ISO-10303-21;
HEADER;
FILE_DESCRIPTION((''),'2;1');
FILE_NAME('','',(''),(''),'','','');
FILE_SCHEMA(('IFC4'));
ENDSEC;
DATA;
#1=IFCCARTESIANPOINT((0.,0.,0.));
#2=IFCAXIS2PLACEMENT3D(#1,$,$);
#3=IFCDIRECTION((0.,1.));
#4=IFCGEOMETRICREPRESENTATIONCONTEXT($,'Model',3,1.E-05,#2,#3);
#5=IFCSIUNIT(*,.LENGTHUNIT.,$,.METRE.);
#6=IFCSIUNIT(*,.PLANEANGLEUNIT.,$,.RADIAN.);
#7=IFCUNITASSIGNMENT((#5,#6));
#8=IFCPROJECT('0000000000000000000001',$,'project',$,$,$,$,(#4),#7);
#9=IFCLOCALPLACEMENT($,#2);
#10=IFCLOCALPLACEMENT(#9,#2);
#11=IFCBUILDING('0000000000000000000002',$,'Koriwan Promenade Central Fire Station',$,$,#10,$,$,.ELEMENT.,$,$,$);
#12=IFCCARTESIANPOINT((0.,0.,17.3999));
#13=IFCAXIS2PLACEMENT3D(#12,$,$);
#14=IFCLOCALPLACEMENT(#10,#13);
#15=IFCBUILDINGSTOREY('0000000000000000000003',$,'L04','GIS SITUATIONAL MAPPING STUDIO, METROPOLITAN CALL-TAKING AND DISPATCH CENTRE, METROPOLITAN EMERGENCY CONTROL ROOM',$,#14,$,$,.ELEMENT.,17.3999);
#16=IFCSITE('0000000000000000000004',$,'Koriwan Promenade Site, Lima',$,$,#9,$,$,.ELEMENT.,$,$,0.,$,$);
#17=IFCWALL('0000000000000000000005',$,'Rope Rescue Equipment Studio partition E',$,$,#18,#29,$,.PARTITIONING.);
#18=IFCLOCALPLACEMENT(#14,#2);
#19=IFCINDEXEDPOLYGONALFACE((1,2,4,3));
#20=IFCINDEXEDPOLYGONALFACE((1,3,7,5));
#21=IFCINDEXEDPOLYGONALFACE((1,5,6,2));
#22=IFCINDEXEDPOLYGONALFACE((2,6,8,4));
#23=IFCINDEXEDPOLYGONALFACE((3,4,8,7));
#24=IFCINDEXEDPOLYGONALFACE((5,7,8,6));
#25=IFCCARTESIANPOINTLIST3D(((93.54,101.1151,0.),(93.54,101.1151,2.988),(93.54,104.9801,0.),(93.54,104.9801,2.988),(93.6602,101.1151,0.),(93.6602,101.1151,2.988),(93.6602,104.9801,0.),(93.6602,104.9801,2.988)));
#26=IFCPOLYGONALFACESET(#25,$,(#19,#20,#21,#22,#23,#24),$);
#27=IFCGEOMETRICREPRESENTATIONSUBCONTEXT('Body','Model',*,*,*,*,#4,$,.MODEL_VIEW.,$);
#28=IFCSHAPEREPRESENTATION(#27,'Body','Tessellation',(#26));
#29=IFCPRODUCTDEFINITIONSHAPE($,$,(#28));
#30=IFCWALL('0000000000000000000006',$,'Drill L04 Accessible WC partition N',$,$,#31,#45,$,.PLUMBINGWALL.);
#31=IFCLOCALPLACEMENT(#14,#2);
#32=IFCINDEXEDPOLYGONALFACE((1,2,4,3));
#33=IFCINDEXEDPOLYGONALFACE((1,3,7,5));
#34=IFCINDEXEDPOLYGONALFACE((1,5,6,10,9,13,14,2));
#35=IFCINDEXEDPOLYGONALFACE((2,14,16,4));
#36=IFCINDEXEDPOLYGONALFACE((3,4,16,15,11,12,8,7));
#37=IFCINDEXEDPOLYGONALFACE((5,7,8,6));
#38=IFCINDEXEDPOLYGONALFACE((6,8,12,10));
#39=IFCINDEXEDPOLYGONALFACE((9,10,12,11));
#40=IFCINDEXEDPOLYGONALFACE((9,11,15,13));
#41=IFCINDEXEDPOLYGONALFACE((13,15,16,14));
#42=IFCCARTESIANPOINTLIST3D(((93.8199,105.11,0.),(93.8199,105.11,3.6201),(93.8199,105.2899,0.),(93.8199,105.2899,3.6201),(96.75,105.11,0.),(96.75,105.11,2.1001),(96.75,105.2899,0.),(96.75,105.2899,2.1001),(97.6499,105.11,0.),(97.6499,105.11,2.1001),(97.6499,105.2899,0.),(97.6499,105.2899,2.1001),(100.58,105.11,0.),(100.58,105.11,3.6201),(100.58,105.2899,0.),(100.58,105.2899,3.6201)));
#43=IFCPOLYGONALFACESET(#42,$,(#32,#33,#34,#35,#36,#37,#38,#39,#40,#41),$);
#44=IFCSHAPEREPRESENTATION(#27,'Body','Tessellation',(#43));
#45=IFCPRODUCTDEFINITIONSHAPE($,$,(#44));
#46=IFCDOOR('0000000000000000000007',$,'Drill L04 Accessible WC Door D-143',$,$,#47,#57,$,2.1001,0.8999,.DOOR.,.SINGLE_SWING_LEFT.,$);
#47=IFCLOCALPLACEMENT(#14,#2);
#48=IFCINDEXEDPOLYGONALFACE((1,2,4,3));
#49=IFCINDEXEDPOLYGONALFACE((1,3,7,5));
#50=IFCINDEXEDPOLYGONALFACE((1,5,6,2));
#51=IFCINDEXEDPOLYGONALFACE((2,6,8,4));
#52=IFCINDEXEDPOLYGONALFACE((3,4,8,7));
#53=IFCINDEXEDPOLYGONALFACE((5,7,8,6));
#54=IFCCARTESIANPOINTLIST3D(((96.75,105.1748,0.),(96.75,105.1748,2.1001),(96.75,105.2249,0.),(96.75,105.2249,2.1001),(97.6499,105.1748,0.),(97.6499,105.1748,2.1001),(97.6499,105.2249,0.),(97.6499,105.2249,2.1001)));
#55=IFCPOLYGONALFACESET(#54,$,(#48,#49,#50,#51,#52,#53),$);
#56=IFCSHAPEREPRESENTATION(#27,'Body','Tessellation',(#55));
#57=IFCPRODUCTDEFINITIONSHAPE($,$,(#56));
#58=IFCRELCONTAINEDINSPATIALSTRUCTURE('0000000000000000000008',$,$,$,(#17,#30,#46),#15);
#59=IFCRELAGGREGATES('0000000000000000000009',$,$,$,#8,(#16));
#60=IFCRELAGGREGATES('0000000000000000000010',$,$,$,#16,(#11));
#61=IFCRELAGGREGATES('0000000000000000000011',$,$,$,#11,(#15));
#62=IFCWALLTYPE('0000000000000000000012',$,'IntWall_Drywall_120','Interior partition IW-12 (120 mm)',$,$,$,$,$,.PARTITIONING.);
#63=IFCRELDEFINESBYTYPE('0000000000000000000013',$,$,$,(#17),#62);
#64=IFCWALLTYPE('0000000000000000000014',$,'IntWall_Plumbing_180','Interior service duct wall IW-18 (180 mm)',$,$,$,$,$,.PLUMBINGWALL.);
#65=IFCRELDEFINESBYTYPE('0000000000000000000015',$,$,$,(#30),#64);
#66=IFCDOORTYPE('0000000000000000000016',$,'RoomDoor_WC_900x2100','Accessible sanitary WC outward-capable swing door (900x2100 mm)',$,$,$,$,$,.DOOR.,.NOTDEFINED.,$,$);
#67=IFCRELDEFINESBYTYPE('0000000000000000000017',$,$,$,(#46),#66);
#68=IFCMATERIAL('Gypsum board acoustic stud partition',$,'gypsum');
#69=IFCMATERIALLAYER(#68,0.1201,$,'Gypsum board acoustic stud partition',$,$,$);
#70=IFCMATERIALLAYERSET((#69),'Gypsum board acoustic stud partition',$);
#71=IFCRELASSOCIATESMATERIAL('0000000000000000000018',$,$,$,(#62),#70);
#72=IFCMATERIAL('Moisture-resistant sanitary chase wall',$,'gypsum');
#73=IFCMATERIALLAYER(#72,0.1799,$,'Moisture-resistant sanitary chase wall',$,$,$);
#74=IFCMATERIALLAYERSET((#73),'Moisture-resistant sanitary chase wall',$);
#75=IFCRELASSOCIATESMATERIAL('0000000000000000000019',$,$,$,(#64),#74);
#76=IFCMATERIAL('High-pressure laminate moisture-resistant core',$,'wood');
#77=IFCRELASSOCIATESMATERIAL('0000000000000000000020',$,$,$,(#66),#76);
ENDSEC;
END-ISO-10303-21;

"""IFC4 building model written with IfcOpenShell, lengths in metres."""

from ifc_helpers import new_model, si_unit, direction, frame, frame_2d, origin, place, context, subcontext, project, spatial, rectangle, extrude, material, layer, layer_set, type_object, element, fill, save


model = new_model("IFC4")

# Units and contexts
model_context = context("Model", 3, precision=1e-05, world=origin(), true_north=direction((0.0, 1.0)))
body_context = subcontext(model_context, "Body", "Model", "MODEL_VIEW")
ifc_project = project(units=[si_unit("LENGTHUNIT", "METRE"), si_unit("PLANEANGLEUNIT", "RADIAN")], contexts=[model_context])

# Site, building, storey
site_placement = place(None, origin())
site = spatial("IfcSite", under=ifc_project, at=site_placement, Name="Koriwan Promenade Site, Lima", CompositionType="ELEMENT", RefElevation=0.0)
building_placement = place(site_placement, origin())
building = spatial("IfcBuilding", under=site, at=building_placement, Name="Koriwan Promenade Central Fire Station", CompositionType="ELEMENT")
storey_placement = place(building_placement, frame((0.0, 0.0, 17.3999)))
storey = spatial("IfcBuildingStorey", under=building, at=storey_placement, Name="L04", Description="GIS SITUATIONAL MAPPING STUDIO, METROPOLITAN CALL-TAKING AND DISPATCH CENTRE, METROPOLITAN EMERGENCY CONTROL ROOM", CompositionType="ELEMENT", Elevation=17.3999)

# Wall
ifc_material_1 = material(Name="Gypsum board acoustic stud partition", Category="gypsum")
ifc_layer_1 = layer(ifc_material_1, 0.1201, Name="Gypsum board acoustic stud partition")
ifc_layer_set_1 = layer_set([ifc_layer_1], Name="Gypsum board acoustic stud partition")
wall_type_1 = type_object("IfcWallType", Name="IntWall_Drywall_120", Description="Interior partition IW-12 (120 mm)", PredefinedType="PARTITIONING", material=ifc_layer_set_1)
wall_1_placement = place(storey_placement, frame((93.6001, 101.115, 0.0), z_axis=(0.0, 0.0, 1.0), x_axis=(0.0, 1.0, 0.0)))
element("IfcWall", 1, at=wall_1_placement, inside=storey, type_object=wall_type_1, Name="Rope Rescue Equipment Studio partition E", PredefinedType="PARTITIONING", context=body_context, shape_type="SweptSolid", body=[
    extrude(rectangle(XDim=3.865, YDim=0.1201, at=frame_2d((1.9326, 0.0))), origin(), (0.0, 0.0, 1.0), 2.988),
])

# Wall, opening, door
ifc_material_2 = material(Name="Moisture-resistant sanitary chase wall", Category="gypsum")
ifc_layer_2 = layer(ifc_material_2, 0.1799, Name="Moisture-resistant sanitary chase wall")
ifc_layer_set_2 = layer_set([ifc_layer_2], Name="Moisture-resistant sanitary chase wall")
wall_type_2 = type_object("IfcWallType", Name="IntWall_Plumbing_180", Description="Interior service duct wall IW-18 (180 mm)", PredefinedType="PLUMBINGWALL", material=ifc_layer_set_2)
wall_2_placement = place(storey_placement, frame((93.8201, 105.2, 0.0), z_axis=(0.0, 0.0, 1.0), x_axis=(1.0, 0.0, 0.0)))
wall_2 = element("IfcWall", 2, at=wall_2_placement, inside=storey, type_object=wall_type_2, Name="Drill L04 Accessible WC partition N", PredefinedType="PLUMBINGWALL", context=body_context, shape_type="SweptSolid", body=[
    extrude(rectangle(XDim=6.76, YDim=0.1799, at=frame_2d((3.3799, 0.0))), origin(), (0.0, 0.0, 1.0), 3.6201),
])
opening_1_placement = place(wall_2_placement, frame((2.9299, 0.0, 0.0)))
opening_1 = element("IfcOpeningElement", 3, at=opening_1_placement, cuts=wall_2, PredefinedType="OPENING", context=body_context, shape_type="SweptSolid", body=[
    extrude(rectangle(XDim=0.8999, YDim=2.1001, at=frame_2d((0.45, 1.05))), frame((0.0, 0.1021, 0.0), z_axis=(0.0, -1.0, 0.0), x_axis=(1.0, 0.0, 0.0)), (0.0, 0.0, 1.0), 0.2039),
])
ifc_material_3 = material(Name="High-pressure laminate moisture-resistant core", Category="wood")
door_type = type_object("IfcDoorType", Name="RoomDoor_WC_900x2100", Description="Accessible sanitary WC outward-capable swing door (900x2100 mm)", OperationType="NOTDEFINED", PredefinedType="DOOR", material=ifc_material_3)
door_placement = place(opening_1_placement, origin())
door = element("IfcDoor", 4, at=door_placement, inside=storey, type_object=door_type, Name="Drill L04 Accessible WC Door D-143", OperationType="SINGLE_SWING_LEFT", OverallHeight=2.1001, OverallWidth=0.8999, PredefinedType="DOOR", context=body_context, shape_type="SweptSolid", body=[
    extrude(rectangle(XDim=0.8999, YDim=2.1001, at=frame_2d((0.45, 1.05))), frame((0.0, 0.0249, 0.0), z_axis=(0.0, -1.0, 0.0), x_axis=(1.0, 0.0, 0.0)), (0.0, 0.0, 1.0), 0.05),
])
fill(opening_1, door)

save(model, "model.ifc")
